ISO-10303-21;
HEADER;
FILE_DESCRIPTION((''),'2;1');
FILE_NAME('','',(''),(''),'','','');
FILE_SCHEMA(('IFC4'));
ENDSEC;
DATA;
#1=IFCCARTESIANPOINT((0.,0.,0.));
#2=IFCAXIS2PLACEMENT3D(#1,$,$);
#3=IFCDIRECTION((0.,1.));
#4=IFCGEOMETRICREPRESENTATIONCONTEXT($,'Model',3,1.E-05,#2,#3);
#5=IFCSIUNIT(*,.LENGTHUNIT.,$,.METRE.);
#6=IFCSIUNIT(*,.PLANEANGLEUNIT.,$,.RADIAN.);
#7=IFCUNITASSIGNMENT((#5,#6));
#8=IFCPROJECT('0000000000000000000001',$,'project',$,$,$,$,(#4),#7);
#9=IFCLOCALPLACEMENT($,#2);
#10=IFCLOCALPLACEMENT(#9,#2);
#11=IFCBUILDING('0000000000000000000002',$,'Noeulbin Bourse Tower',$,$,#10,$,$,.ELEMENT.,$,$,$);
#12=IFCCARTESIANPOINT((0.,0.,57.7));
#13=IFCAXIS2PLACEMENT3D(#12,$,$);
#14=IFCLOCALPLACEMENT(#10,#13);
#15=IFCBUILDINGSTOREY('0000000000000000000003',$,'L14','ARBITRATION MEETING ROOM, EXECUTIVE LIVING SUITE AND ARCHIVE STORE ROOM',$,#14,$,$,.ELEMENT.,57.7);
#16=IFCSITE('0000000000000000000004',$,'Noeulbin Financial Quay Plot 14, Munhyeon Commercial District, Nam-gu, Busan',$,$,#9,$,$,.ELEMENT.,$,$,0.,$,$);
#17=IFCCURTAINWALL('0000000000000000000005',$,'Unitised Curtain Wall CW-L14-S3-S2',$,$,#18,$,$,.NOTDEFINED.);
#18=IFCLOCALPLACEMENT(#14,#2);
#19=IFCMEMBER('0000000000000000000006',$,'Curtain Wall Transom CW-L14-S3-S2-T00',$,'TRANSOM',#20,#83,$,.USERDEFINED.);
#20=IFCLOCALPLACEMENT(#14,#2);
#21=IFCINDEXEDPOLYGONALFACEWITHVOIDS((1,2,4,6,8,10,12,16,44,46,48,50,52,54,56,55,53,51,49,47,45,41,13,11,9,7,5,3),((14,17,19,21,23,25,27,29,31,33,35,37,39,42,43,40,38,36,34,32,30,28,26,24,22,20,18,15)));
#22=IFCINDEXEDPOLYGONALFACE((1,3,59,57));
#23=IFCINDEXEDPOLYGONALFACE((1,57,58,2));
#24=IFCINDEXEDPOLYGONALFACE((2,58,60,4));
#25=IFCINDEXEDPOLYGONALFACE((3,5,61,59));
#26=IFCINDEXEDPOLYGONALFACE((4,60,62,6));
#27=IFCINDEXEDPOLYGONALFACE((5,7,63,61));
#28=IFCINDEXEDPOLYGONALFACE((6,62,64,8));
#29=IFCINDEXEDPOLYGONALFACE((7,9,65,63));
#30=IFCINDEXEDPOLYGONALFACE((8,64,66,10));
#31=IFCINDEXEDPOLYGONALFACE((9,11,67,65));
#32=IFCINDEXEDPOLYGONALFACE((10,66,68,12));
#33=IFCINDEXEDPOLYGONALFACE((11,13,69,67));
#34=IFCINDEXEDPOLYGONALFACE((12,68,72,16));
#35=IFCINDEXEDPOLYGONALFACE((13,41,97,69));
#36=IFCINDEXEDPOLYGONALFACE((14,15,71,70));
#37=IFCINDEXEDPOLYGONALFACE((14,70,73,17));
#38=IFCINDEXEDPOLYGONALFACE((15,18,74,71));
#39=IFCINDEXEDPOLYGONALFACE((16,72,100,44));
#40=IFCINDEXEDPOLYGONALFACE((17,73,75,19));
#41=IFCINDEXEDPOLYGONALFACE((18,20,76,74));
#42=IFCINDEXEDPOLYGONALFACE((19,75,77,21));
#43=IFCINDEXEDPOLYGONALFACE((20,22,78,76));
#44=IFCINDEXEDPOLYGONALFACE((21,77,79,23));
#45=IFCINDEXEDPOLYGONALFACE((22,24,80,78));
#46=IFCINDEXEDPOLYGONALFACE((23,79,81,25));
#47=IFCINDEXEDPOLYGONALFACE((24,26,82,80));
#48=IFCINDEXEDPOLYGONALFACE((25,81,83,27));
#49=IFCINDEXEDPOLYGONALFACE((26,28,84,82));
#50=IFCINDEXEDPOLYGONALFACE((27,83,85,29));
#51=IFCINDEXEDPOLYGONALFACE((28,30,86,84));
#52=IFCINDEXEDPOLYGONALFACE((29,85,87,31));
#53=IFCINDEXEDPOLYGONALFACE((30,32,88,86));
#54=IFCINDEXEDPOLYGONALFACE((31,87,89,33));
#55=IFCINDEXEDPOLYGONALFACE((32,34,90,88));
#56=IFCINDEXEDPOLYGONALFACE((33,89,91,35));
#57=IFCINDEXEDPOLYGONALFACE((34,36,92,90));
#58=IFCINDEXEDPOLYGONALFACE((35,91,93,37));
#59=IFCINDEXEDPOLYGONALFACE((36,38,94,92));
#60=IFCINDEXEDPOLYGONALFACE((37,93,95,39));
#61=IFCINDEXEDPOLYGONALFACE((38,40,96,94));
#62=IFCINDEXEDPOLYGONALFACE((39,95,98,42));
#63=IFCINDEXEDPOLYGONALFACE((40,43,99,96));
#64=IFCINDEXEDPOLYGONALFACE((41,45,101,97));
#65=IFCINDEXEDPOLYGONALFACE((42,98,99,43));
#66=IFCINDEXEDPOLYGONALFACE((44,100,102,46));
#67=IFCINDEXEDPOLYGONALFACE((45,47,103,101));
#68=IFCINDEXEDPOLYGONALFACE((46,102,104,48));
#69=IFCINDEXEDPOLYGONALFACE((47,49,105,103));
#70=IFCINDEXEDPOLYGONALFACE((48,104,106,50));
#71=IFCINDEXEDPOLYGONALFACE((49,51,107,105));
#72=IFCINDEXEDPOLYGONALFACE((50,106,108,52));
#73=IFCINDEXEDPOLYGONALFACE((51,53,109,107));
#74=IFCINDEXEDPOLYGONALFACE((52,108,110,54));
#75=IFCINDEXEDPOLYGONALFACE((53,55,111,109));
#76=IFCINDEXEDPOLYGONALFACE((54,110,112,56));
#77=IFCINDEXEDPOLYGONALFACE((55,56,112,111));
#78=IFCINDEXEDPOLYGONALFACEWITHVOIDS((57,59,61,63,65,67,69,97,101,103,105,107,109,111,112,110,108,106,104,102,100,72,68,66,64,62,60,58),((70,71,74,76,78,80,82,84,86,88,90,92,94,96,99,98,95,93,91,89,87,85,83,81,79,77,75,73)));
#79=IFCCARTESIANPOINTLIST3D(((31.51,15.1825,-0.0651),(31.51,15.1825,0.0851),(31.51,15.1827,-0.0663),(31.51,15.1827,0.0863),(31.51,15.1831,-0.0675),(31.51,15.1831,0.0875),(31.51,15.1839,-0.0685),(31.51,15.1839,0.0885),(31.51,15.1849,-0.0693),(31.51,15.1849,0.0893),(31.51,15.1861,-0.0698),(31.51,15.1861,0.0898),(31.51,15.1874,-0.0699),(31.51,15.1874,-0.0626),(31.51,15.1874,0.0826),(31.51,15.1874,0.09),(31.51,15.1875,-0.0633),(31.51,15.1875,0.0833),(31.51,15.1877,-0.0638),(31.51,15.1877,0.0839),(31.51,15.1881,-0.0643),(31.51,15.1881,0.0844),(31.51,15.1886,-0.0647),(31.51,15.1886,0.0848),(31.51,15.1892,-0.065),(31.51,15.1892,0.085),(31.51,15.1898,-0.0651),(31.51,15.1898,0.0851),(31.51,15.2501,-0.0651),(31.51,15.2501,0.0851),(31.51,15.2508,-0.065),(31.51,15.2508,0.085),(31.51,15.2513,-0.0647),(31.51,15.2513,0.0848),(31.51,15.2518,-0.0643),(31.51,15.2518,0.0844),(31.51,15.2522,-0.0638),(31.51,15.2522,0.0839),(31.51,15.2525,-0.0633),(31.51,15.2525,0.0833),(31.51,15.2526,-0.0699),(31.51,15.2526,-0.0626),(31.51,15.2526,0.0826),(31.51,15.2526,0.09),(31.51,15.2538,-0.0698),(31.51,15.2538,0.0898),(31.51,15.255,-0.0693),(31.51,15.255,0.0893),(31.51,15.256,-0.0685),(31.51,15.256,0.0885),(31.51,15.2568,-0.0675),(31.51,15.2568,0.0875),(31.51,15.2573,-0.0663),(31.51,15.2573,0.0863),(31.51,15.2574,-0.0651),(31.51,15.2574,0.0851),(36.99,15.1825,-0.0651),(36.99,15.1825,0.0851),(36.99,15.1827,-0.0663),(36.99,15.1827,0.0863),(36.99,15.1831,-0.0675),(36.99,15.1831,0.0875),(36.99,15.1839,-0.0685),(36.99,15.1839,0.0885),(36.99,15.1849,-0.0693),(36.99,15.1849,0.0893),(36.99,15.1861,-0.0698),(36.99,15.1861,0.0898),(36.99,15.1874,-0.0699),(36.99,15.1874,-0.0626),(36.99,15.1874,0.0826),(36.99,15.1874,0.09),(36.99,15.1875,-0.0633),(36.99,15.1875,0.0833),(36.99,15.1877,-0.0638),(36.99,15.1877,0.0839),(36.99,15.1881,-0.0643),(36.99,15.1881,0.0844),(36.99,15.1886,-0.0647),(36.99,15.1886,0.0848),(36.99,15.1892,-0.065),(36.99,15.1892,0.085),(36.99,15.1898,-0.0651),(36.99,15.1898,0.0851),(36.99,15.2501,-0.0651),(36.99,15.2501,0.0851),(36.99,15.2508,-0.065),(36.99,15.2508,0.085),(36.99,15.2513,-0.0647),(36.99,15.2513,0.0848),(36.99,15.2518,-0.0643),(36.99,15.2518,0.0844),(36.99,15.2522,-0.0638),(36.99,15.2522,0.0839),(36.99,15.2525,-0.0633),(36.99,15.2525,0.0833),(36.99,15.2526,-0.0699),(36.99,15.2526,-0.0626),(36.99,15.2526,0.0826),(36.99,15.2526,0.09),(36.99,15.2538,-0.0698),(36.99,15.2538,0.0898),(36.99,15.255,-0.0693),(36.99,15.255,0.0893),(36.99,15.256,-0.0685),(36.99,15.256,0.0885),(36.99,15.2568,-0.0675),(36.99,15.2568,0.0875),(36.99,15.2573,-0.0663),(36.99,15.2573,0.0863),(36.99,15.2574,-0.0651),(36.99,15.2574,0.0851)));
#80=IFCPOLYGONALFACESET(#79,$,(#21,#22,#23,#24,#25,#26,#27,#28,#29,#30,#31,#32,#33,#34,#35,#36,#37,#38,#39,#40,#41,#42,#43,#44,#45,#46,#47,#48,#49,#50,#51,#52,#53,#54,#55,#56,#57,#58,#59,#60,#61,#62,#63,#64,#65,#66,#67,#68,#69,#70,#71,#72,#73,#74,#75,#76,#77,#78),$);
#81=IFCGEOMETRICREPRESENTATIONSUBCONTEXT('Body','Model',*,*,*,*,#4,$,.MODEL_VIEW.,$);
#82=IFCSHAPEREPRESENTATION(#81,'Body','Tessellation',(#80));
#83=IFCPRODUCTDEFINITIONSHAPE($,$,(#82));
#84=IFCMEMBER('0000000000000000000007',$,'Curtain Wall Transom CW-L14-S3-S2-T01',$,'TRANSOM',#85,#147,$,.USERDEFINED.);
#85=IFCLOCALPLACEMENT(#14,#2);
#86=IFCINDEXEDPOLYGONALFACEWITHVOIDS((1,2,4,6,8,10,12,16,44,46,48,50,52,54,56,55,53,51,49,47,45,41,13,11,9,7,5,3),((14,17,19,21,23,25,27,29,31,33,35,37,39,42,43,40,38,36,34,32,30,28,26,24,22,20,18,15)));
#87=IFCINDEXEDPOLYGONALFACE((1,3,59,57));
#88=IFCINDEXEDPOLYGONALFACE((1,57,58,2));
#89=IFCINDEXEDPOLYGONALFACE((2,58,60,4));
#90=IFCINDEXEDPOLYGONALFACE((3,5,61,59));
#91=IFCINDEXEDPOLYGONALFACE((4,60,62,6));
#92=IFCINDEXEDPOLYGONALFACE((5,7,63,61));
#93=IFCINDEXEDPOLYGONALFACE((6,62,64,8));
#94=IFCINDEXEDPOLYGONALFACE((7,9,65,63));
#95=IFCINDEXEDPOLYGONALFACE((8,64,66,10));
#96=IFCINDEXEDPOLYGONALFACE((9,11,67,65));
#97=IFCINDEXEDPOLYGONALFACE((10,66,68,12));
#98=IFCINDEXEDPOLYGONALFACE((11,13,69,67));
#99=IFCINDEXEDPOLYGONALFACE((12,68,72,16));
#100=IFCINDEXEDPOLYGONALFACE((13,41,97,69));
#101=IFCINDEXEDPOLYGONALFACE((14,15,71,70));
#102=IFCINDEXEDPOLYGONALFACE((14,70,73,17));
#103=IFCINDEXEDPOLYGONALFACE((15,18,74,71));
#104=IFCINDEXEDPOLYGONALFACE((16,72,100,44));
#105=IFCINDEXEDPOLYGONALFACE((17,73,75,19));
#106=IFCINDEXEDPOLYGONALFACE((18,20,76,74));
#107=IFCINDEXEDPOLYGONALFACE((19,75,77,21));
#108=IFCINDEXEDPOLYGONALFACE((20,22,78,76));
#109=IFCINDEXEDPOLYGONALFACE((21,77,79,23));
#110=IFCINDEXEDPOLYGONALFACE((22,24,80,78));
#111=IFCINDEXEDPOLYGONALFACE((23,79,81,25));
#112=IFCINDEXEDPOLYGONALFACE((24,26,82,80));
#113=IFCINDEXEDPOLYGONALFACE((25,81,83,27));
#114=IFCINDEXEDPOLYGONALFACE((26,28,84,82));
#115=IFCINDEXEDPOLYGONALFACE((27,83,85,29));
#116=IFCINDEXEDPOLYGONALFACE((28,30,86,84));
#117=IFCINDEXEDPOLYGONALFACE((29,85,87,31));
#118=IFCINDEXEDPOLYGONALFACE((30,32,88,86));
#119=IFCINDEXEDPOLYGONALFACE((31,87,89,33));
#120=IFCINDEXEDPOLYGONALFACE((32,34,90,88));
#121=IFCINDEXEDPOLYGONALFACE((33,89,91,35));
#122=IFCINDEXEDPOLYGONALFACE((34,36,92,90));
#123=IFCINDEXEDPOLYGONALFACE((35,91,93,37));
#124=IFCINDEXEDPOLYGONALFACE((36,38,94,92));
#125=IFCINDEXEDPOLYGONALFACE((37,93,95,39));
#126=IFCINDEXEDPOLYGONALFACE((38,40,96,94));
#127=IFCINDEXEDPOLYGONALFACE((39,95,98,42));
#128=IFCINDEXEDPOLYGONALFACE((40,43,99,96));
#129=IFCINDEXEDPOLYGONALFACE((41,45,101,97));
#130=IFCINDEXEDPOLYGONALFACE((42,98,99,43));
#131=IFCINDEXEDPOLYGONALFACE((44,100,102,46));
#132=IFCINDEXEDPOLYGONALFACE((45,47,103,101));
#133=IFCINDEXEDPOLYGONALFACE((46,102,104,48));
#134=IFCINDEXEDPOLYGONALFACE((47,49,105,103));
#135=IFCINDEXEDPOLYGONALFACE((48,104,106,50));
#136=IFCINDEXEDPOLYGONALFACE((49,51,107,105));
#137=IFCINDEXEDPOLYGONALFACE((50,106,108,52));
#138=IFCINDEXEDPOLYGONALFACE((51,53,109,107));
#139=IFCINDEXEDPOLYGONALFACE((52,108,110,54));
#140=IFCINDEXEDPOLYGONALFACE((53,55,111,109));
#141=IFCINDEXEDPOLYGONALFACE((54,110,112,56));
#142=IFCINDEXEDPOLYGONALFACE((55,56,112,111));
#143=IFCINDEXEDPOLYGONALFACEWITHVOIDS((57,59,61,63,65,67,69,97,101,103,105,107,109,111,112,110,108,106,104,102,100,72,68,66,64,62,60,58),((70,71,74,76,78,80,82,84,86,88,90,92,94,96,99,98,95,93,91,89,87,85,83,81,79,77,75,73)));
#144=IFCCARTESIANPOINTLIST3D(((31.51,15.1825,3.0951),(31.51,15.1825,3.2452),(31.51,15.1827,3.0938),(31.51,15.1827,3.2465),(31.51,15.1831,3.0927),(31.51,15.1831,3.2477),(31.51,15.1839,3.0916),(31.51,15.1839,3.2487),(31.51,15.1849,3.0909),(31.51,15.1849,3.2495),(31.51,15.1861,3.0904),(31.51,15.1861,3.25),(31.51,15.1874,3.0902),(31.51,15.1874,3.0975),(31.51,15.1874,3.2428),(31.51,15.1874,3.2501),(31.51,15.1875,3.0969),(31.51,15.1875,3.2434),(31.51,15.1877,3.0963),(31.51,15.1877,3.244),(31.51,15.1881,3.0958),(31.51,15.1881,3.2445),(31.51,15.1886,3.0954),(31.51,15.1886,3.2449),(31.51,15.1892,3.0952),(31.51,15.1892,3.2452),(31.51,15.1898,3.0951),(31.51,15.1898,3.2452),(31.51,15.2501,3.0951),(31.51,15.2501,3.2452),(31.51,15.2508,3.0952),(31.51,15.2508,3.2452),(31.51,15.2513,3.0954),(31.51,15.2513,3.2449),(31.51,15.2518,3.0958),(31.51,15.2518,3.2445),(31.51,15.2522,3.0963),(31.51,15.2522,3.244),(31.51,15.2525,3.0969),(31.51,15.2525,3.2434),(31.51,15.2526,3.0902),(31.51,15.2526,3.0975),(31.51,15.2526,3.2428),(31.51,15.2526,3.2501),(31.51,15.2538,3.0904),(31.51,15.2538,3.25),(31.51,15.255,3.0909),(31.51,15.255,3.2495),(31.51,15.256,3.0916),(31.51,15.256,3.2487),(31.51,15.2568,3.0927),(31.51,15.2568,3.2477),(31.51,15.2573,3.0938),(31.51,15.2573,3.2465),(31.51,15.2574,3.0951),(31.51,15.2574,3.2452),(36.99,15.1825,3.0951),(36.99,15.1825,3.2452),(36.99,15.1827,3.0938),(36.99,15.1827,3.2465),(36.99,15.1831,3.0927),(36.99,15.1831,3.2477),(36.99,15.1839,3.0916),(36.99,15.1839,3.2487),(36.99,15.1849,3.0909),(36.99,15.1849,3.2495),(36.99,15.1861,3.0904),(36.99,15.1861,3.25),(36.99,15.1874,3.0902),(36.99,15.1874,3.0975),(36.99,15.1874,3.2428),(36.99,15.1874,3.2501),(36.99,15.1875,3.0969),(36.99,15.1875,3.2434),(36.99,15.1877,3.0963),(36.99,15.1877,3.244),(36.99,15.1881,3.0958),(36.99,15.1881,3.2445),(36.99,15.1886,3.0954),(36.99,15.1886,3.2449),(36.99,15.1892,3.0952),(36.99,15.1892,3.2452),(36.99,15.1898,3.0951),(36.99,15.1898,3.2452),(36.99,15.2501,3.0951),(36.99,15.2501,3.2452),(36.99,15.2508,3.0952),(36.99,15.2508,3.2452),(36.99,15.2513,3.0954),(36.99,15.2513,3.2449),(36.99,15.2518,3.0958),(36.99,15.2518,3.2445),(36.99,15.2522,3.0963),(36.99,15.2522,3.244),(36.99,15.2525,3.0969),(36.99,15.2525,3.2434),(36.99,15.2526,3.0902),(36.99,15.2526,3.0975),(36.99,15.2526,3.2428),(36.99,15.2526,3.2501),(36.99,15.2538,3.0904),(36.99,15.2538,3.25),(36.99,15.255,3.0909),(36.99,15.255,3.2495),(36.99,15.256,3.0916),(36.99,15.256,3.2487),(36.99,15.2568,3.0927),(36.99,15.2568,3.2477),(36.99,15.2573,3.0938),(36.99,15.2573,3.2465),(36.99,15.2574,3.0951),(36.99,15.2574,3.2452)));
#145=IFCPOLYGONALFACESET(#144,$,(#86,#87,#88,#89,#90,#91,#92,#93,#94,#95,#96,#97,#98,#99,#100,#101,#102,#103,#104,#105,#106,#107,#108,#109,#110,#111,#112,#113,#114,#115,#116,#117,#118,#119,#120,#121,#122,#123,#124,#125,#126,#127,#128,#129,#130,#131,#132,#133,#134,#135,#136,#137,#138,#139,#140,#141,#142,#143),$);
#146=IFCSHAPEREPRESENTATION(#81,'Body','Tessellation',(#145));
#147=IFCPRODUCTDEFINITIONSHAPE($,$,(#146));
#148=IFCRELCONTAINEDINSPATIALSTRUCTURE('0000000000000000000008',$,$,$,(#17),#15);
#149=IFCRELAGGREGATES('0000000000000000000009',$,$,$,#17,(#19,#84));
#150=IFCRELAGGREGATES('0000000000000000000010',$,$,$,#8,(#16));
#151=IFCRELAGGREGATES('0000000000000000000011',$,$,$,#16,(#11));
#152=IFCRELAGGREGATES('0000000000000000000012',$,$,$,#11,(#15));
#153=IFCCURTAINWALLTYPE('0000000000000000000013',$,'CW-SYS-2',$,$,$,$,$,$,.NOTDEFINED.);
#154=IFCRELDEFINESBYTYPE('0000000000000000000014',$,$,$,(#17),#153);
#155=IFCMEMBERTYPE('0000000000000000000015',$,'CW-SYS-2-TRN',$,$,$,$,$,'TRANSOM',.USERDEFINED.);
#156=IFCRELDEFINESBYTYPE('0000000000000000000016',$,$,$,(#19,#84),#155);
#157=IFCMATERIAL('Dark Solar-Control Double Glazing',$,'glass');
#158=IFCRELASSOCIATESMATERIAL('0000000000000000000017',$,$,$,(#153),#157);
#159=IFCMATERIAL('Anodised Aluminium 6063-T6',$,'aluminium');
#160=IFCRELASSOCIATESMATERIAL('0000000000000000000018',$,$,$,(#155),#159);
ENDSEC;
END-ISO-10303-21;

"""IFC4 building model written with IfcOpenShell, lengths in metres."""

from ifc_helpers import new_model, si_unit, direction, frame, origin, origin_2d, place, context, subcontext, project, spatial, hollow_rectangle, extrude, material, material_profile, profile_set, type_object, element, aggregate, save


model = new_model("IFC4")

# Units and contexts
model_context = context("Model", 3, precision=1e-05, world=origin(), true_north=direction((0.0, 1.0)))
body_context = subcontext(model_context, "Body", "Model", "MODEL_VIEW")
ifc_project = project(units=[si_unit("LENGTHUNIT", "METRE"), si_unit("PLANEANGLEUNIT", "RADIAN")], contexts=[model_context])

# Site, building, storey
site_placement = place(None, origin())
site = spatial("IfcSite", under=ifc_project, at=site_placement, Name="Noeulbin Financial Quay Plot 14, Munhyeon Commercial District, Nam-gu, Busan", CompositionType="ELEMENT", RefElevation=0.0)
building_placement = place(site_placement, origin())
building = spatial("IfcBuilding", under=site, at=building_placement, Name="Noeulbin Bourse Tower", CompositionType="ELEMENT")
storey_placement = place(building_placement, frame((0.0, 0.0, 57.7)))
storey = spatial("IfcBuildingStorey", under=building, at=storey_placement, Name="L14", Description="ARBITRATION MEETING ROOM, EXECUTIVE LIVING SUITE AND ARCHIVE STORE ROOM", CompositionType="ELEMENT", Elevation=57.7)

# Curtain wall
ifc_material_1 = material(Name="Dark Solar-Control Double Glazing", Category="glass")
curtain_wall_type = type_object("IfcCurtainWallType", Name="CW-SYS-2", PredefinedType="NOTDEFINED", material=ifc_material_1)
ifc_material_2 = material(Name="Anodised Aluminium 6063-T6", Category="aluminium")
curtain_wall_1_placement = place(storey_placement, origin())
curtain_wall_1 = element("IfcCurtainWall", 1, at=curtain_wall_1_placement, inside=storey, type_object=curtain_wall_type, Name="Unitised Curtain Wall CW-L14-S3-S2", PredefinedType="NOTDEFINED")

# Members
ifc_material_profile_1 = material_profile(ifc_material_2, hollow_rectangle(XDim=0.075, YDim=0.1599, WallThickness=0.0049, InnerFilletRadius=0.0024, OuterFilletRadius=0.0049, at=origin_2d()), Name="ALU-TRAN-75x160x5", Category="LoadBearing")
ifc_profile_set_1 = profile_set([ifc_material_profile_1], Name="Anodised Aluminium 6063-T6")
member_type_1 = type_object("IfcMemberType", Name="CW-SYS-2-TRN", ElementType="TRANSOM", PredefinedType="USERDEFINED", material=ifc_profile_set_1)
member_1_placement = place(storey_placement, frame((31.51, 15.22, 0.01), z_axis=(1.0, 0.0, 0.0), x_axis=(0.0, 1.0, 0.0)))
member_1 = element("IfcMember", 2, at=member_1_placement, type_object=member_type_1, Name="Curtain Wall Transom CW-L14-S3-S2-T00", ObjectType="TRANSOM", PredefinedType="USERDEFINED", context=body_context, shape_type="SweptSolid", body=[
    extrude(hollow_rectangle(XDim=0.075, YDim=0.1599, WallThickness=0.0049, InnerFilletRadius=0.0024, OuterFilletRadius=0.0049, at=origin_2d()), origin(), (0.0, 0.0, 1.0), 5.48),
])
member_2_placement = place(storey_placement, frame((31.51, 15.22, 3.1702), z_axis=(1.0, 0.0, 0.0), x_axis=(0.0, 1.0, 0.0)))
member_2 = element("IfcMember", 3, at=member_2_placement, type_object=member_type_1, Name="Curtain Wall Transom CW-L14-S3-S2-T01", ObjectType="TRANSOM", PredefinedType="USERDEFINED", context=body_context, shape_type="SweptSolid", body=[
    extrude(hollow_rectangle(XDim=0.075, YDim=0.1599, WallThickness=0.0049, InnerFilletRadius=0.0024, OuterFilletRadius=0.0049, at=origin_2d()), origin(), (0.0, 0.0, 1.0), 5.48),
])

aggregate(curtain_wall_1, [member_1, member_2])

save(model, "model.ifc")
